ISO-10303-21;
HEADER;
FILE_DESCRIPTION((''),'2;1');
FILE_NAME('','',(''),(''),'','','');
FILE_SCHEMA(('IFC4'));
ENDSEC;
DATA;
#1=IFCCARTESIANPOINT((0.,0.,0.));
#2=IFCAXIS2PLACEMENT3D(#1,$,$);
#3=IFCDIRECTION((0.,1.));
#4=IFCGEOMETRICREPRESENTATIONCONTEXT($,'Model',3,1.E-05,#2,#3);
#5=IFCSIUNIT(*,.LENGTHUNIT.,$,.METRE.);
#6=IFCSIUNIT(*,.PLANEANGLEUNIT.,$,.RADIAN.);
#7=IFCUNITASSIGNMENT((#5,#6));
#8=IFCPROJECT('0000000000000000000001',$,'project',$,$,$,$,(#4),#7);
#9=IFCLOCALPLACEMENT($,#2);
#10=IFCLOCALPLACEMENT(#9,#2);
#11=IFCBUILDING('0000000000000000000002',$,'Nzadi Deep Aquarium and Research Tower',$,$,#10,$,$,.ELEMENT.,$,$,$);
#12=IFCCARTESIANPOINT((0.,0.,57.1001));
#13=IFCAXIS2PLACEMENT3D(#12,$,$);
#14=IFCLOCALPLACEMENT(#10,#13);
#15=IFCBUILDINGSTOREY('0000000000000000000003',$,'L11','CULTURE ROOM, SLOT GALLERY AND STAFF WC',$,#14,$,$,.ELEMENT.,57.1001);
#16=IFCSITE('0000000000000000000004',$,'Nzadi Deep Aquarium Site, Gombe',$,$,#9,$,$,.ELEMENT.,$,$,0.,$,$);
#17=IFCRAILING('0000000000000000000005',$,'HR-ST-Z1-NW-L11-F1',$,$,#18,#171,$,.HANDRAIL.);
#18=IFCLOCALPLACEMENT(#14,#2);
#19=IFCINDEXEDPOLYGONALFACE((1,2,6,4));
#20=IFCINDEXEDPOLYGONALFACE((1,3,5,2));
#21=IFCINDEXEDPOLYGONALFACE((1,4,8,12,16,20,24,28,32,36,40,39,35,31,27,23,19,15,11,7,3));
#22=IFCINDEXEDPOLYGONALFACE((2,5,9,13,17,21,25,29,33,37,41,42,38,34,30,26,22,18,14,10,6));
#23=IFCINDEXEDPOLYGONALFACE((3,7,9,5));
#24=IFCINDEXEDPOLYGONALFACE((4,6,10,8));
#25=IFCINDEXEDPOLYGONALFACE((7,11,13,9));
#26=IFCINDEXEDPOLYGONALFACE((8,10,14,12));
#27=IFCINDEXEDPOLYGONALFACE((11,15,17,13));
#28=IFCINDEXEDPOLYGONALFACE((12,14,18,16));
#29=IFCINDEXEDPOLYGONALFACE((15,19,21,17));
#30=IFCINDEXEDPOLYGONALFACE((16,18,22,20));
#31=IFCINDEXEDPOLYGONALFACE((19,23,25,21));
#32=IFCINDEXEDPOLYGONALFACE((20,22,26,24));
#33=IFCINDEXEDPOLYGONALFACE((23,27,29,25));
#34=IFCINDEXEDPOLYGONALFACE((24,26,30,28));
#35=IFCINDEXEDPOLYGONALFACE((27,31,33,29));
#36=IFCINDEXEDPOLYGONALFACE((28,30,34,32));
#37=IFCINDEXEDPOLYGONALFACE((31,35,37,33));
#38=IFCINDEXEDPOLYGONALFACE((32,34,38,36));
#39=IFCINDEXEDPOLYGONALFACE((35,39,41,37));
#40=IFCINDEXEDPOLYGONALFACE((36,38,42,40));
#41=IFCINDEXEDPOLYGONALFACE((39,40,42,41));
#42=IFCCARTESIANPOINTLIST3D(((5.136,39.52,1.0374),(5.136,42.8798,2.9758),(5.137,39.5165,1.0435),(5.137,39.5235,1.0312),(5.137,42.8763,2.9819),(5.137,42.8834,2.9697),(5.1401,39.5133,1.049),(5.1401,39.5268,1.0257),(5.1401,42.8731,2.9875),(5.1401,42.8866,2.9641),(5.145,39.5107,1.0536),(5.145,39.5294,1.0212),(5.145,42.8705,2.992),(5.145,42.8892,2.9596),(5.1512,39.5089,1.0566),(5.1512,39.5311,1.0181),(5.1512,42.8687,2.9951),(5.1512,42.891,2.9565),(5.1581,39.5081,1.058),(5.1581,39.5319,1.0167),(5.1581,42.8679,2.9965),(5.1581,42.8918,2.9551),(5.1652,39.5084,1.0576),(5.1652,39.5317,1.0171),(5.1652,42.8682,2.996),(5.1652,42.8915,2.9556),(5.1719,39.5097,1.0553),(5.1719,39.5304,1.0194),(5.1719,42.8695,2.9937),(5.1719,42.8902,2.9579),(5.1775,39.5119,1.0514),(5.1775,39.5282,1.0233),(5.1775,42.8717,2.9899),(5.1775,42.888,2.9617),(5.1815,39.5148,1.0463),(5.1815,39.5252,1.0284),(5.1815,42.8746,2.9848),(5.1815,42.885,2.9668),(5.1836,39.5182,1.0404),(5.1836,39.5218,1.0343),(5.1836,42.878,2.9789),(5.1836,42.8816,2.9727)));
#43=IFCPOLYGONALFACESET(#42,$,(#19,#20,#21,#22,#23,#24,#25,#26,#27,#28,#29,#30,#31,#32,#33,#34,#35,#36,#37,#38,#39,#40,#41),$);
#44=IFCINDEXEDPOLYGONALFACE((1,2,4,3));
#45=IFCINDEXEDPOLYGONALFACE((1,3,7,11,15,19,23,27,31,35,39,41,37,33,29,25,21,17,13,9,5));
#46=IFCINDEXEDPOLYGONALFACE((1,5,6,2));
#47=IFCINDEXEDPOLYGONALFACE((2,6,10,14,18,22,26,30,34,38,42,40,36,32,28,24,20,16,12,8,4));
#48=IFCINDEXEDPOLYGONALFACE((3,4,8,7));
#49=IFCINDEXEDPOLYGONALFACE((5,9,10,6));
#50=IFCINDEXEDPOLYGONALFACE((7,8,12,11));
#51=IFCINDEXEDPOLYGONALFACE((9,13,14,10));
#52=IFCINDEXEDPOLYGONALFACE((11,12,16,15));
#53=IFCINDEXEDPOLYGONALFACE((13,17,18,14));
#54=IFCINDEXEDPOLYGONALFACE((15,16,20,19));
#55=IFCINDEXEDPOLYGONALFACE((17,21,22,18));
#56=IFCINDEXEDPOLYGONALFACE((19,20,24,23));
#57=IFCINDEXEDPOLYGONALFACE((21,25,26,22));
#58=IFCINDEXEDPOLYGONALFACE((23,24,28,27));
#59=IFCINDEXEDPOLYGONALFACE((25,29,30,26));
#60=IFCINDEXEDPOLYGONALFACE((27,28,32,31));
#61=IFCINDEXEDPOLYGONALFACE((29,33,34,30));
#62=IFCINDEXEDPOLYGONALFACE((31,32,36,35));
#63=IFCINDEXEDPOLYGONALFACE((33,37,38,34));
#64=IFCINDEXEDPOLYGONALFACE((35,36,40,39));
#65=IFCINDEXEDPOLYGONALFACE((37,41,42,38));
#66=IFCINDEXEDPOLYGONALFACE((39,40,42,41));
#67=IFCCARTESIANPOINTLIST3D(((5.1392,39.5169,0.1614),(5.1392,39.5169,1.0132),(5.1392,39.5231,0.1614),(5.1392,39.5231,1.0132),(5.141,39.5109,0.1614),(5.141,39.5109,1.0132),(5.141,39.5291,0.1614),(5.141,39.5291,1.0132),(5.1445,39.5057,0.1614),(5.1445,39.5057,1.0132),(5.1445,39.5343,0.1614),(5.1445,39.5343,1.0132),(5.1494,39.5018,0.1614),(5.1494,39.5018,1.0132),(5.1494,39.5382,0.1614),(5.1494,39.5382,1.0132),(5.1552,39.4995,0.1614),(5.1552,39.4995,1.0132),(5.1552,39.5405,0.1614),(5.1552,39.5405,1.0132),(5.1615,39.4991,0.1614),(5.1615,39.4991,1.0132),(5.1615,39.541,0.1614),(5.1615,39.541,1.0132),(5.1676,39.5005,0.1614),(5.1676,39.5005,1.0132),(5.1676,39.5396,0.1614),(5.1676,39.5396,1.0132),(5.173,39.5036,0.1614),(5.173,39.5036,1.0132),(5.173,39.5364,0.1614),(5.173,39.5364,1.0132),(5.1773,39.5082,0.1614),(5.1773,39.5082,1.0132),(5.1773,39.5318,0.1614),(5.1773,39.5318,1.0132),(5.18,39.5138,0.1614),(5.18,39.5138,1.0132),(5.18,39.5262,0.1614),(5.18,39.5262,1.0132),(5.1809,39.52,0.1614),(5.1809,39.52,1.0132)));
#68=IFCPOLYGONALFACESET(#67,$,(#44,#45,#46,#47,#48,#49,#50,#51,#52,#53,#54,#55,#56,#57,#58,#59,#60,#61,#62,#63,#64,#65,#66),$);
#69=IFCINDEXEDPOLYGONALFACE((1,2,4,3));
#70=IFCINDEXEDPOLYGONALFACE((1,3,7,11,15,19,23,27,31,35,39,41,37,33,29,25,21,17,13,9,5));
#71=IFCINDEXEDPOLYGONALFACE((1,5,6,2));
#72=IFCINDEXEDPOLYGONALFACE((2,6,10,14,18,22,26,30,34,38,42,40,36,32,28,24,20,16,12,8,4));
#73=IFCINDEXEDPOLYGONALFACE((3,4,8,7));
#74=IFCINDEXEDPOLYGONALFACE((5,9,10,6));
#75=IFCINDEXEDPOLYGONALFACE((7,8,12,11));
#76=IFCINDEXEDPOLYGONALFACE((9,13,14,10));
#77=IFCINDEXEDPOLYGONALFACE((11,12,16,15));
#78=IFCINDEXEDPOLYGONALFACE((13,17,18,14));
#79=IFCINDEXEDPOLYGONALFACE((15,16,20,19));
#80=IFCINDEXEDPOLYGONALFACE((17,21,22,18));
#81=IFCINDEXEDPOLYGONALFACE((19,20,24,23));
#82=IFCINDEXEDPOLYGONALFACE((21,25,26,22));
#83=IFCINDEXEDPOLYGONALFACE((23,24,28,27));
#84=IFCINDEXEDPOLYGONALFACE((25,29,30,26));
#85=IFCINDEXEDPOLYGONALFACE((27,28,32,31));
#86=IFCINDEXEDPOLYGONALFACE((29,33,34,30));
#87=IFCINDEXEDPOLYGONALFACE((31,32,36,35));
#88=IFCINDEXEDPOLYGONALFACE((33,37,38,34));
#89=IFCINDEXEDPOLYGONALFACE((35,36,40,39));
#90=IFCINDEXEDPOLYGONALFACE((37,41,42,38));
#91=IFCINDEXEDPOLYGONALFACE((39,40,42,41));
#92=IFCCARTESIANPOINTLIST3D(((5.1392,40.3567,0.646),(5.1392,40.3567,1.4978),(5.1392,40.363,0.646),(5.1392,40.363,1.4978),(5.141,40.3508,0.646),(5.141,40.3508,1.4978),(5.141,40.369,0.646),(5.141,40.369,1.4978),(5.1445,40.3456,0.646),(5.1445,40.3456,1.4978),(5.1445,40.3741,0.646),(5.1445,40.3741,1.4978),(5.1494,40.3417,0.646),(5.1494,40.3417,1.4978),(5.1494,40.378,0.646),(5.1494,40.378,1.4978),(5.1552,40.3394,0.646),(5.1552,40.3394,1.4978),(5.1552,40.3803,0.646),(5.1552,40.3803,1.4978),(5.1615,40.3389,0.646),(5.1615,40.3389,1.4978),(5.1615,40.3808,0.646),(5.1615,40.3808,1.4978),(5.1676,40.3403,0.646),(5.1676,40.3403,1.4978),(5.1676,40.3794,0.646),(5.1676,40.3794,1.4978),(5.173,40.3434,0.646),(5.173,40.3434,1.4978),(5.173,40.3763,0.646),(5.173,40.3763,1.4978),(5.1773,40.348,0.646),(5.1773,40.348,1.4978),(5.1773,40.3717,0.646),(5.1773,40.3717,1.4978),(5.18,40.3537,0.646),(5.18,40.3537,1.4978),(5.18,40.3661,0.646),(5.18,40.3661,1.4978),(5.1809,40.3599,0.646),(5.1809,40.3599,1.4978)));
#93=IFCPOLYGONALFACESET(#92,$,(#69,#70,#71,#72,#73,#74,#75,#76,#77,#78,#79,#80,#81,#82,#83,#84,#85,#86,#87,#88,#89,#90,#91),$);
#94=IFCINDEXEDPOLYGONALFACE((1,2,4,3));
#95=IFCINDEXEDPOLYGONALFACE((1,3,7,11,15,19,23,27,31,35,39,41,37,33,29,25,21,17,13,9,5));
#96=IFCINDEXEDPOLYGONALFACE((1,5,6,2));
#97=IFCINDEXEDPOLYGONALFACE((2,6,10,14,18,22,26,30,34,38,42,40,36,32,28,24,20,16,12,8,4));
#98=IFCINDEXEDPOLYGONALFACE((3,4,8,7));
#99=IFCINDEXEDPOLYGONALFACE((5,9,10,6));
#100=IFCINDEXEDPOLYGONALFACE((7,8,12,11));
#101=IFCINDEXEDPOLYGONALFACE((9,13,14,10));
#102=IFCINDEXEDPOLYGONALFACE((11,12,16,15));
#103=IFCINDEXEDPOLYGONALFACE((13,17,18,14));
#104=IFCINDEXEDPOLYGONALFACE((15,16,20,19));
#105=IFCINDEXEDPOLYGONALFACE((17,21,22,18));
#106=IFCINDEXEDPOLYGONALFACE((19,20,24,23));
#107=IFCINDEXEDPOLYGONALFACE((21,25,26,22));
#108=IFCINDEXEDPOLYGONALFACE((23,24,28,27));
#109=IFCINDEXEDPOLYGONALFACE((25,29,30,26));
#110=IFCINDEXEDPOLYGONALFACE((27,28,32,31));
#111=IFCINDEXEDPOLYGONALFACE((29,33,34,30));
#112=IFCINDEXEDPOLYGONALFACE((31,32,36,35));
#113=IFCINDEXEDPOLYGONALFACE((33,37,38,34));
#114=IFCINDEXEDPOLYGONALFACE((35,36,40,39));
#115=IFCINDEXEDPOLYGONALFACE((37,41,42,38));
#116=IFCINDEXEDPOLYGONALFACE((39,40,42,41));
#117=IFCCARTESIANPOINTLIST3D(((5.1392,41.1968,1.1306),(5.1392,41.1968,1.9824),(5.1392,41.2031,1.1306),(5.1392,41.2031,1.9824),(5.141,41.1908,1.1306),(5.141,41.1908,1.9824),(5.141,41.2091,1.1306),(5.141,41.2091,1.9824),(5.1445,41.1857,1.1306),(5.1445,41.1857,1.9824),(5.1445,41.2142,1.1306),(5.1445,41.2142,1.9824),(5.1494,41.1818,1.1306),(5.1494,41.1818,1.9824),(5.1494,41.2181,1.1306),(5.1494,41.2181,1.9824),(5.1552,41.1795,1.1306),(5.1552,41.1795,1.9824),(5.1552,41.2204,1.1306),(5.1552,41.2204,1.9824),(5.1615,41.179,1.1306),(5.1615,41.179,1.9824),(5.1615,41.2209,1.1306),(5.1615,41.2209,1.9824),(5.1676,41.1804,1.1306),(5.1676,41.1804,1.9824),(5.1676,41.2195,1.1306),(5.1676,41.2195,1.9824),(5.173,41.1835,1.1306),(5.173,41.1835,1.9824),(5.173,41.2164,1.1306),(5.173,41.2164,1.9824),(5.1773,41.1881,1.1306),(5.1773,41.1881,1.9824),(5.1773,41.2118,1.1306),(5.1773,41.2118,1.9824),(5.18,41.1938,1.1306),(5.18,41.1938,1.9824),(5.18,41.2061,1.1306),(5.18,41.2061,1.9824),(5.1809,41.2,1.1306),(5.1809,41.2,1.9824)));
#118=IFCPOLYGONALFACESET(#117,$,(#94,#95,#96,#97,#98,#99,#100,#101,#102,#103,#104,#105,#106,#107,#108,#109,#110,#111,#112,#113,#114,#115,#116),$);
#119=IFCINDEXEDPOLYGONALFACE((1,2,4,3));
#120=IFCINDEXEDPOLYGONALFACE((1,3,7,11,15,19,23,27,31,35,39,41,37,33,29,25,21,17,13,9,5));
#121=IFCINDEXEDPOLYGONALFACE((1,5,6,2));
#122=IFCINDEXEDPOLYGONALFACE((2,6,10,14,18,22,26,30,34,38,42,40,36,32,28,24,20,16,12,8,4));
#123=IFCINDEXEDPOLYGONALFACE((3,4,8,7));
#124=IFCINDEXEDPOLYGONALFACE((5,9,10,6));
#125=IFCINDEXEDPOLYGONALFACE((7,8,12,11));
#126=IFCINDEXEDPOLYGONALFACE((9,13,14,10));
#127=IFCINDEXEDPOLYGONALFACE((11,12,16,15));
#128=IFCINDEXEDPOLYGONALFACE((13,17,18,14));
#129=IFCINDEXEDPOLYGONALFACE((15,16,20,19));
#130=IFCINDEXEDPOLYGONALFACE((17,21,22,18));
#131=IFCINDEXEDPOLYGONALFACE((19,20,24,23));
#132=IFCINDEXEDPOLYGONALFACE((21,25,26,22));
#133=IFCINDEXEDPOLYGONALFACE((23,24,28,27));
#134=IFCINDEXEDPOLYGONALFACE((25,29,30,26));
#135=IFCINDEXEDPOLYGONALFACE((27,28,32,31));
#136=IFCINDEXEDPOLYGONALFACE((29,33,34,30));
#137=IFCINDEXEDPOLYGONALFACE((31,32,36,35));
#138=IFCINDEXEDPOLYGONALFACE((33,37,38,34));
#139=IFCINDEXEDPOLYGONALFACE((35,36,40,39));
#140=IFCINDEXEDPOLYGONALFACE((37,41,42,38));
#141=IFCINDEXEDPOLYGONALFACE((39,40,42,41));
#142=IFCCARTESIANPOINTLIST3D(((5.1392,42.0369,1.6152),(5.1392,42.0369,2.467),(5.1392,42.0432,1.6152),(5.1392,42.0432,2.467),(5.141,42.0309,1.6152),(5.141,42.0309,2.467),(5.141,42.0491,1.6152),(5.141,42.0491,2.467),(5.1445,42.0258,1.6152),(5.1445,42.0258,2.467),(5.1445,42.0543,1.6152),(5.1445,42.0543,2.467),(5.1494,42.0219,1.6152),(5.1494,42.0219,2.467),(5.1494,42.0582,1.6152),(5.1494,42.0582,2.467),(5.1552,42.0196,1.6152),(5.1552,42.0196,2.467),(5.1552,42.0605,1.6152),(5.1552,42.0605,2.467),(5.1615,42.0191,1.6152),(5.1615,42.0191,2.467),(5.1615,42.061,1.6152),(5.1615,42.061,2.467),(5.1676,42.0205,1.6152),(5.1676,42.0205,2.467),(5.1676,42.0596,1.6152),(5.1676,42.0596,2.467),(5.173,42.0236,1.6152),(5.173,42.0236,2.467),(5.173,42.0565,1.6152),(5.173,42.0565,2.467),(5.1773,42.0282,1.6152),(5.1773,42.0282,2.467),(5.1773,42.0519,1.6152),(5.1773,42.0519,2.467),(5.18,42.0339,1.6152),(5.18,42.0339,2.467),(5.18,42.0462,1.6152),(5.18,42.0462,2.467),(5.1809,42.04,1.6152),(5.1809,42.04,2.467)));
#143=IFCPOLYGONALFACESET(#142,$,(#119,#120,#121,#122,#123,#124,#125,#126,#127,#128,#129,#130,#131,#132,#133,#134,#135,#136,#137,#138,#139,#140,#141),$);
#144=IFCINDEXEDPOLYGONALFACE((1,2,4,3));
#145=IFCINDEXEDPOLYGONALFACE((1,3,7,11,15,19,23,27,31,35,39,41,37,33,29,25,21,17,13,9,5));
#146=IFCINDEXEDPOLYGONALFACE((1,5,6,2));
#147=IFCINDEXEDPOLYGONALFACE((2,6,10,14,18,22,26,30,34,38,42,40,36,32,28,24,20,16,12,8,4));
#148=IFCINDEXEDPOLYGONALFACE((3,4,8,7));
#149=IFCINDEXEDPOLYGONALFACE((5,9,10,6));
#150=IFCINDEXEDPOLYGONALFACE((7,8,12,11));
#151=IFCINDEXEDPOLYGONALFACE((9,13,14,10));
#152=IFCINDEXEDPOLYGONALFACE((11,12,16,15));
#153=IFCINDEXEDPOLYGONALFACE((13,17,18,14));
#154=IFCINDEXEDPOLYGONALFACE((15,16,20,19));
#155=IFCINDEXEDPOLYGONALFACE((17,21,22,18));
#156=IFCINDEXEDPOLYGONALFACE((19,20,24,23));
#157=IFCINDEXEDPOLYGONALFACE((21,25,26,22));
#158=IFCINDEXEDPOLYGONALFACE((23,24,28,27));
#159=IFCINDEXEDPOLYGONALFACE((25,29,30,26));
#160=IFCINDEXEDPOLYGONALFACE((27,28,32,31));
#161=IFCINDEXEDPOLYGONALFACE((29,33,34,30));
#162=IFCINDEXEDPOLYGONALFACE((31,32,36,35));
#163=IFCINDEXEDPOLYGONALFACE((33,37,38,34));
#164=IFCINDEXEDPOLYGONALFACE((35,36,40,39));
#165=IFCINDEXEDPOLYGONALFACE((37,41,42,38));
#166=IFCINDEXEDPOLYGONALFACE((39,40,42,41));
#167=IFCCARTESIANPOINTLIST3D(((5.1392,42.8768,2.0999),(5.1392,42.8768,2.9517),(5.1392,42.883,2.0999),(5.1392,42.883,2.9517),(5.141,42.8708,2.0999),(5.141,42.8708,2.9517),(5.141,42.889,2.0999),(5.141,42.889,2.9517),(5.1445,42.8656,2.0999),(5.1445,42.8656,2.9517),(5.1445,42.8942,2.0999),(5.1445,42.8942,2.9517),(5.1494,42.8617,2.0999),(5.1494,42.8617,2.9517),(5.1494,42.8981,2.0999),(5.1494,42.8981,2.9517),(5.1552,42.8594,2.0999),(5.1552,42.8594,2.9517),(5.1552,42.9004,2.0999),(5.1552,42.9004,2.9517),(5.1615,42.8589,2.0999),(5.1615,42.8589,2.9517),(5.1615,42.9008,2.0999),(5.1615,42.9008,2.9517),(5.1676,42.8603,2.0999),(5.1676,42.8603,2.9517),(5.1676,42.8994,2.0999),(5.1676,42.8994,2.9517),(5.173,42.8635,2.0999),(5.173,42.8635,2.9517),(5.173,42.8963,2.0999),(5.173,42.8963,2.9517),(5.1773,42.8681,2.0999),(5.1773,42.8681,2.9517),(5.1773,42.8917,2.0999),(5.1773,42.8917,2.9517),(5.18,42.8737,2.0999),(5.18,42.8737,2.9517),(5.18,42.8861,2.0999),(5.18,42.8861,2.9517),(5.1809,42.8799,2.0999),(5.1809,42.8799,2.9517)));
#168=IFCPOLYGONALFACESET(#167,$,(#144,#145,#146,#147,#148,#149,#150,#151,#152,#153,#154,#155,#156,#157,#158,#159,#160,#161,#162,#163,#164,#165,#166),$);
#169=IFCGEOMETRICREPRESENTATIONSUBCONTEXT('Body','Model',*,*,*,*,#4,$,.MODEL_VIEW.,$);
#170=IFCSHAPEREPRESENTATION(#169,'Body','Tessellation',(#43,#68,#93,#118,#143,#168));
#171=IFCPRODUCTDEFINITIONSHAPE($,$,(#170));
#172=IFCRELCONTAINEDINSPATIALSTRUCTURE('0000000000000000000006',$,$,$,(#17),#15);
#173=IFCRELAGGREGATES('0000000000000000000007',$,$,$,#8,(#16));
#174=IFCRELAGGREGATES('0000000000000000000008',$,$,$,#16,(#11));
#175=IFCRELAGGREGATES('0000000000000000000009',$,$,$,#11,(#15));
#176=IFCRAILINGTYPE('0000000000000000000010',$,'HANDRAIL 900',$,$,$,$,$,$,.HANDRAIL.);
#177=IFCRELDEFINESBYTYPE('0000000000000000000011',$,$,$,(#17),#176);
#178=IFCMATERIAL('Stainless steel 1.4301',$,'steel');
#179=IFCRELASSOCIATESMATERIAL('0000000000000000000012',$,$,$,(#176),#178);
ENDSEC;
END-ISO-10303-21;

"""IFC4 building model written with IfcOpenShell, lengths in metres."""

from ifc_helpers import new_model, si_unit, direction, frame, origin, origin_2d, place, context, subcontext, project, spatial, circle, extrude, material, type_object, element, save


model = new_model("IFC4")

# Units and contexts
model_context = context("Model", 3, precision=1e-05, world=origin(), true_north=direction((0.0, 1.0)))
body_context = subcontext(model_context, "Body", "Model", "MODEL_VIEW")
ifc_project = project(units=[si_unit("LENGTHUNIT", "METRE"), si_unit("PLANEANGLEUNIT", "RADIAN")], contexts=[model_context])

# Site, building, storey
site_placement = place(None, origin())
site = spatial("IfcSite", under=ifc_project, at=site_placement, Name="Nzadi Deep Aquarium Site, Gombe", CompositionType="ELEMENT", RefElevation=0.0)
building_placement = place(site_placement, origin())
building = spatial("IfcBuilding", under=site, at=building_placement, Name="Nzadi Deep Aquarium and Research Tower", CompositionType="ELEMENT")
storey_placement = place(building_placement, frame((0.0, 0.0, 57.1001)))
storey = spatial("IfcBuildingStorey", under=building, at=storey_placement, Name="L11", Description="CULTURE ROOM, SLOT GALLERY AND STAFF WC", CompositionType="ELEMENT", Elevation=57.1001)

# Railing
ifc_material_1 = material(Name="Stainless steel 1.4301", Category="steel")
railing_type = type_object("IfcRailingType", Name="HANDRAIL 900", PredefinedType="HANDRAIL", material=ifc_material_1)
for number, where, name in (
    (1, (5.1599, 39.52, 0.1614), "HR-ST-Z1-NW-L11-F1"),
):
    element("IfcRailing", number, at=place(storey_placement, frame(where)), inside=storey, type_object=railing_type, Name=name, PredefinedType="HANDRAIL", context=body_context, shape_type="SweptSolid", body=[
        extrude(circle(Radius=0.0239, at=origin_2d()), frame((0.0, 0.0, 0.876), z_axis=(0.0, 0.866175, 0.499741), x_axis=(-1.0, 0.0, 0.0)), (0.0, 0.0, 1.0), 3.8789),
        extrude(circle(Radius=0.021, at=origin_2d()), origin(), (0.0, 0.0, 1.0), 0.8518),
        extrude(circle(Radius=0.021, at=origin_2d()), frame((0.0, 0.8398, 0.4846)), (0.0, 0.0, 1.0), 0.8518),
        extrude(circle(Radius=0.021, at=origin_2d()), frame((0.0, 1.6799, 0.9692)), (0.0, 0.0, 1.0), 0.8518),
        extrude(circle(Radius=0.021, at=origin_2d()), frame((0.0, 2.52, 1.4539)), (0.0, 0.0, 1.0), 0.8518),
        extrude(circle(Radius=0.021, at=origin_2d()), frame((0.0, 3.3599, 1.9385)), (0.0, 0.0, 1.0), 0.8518),
    ])

save(model, "model.ifc")
